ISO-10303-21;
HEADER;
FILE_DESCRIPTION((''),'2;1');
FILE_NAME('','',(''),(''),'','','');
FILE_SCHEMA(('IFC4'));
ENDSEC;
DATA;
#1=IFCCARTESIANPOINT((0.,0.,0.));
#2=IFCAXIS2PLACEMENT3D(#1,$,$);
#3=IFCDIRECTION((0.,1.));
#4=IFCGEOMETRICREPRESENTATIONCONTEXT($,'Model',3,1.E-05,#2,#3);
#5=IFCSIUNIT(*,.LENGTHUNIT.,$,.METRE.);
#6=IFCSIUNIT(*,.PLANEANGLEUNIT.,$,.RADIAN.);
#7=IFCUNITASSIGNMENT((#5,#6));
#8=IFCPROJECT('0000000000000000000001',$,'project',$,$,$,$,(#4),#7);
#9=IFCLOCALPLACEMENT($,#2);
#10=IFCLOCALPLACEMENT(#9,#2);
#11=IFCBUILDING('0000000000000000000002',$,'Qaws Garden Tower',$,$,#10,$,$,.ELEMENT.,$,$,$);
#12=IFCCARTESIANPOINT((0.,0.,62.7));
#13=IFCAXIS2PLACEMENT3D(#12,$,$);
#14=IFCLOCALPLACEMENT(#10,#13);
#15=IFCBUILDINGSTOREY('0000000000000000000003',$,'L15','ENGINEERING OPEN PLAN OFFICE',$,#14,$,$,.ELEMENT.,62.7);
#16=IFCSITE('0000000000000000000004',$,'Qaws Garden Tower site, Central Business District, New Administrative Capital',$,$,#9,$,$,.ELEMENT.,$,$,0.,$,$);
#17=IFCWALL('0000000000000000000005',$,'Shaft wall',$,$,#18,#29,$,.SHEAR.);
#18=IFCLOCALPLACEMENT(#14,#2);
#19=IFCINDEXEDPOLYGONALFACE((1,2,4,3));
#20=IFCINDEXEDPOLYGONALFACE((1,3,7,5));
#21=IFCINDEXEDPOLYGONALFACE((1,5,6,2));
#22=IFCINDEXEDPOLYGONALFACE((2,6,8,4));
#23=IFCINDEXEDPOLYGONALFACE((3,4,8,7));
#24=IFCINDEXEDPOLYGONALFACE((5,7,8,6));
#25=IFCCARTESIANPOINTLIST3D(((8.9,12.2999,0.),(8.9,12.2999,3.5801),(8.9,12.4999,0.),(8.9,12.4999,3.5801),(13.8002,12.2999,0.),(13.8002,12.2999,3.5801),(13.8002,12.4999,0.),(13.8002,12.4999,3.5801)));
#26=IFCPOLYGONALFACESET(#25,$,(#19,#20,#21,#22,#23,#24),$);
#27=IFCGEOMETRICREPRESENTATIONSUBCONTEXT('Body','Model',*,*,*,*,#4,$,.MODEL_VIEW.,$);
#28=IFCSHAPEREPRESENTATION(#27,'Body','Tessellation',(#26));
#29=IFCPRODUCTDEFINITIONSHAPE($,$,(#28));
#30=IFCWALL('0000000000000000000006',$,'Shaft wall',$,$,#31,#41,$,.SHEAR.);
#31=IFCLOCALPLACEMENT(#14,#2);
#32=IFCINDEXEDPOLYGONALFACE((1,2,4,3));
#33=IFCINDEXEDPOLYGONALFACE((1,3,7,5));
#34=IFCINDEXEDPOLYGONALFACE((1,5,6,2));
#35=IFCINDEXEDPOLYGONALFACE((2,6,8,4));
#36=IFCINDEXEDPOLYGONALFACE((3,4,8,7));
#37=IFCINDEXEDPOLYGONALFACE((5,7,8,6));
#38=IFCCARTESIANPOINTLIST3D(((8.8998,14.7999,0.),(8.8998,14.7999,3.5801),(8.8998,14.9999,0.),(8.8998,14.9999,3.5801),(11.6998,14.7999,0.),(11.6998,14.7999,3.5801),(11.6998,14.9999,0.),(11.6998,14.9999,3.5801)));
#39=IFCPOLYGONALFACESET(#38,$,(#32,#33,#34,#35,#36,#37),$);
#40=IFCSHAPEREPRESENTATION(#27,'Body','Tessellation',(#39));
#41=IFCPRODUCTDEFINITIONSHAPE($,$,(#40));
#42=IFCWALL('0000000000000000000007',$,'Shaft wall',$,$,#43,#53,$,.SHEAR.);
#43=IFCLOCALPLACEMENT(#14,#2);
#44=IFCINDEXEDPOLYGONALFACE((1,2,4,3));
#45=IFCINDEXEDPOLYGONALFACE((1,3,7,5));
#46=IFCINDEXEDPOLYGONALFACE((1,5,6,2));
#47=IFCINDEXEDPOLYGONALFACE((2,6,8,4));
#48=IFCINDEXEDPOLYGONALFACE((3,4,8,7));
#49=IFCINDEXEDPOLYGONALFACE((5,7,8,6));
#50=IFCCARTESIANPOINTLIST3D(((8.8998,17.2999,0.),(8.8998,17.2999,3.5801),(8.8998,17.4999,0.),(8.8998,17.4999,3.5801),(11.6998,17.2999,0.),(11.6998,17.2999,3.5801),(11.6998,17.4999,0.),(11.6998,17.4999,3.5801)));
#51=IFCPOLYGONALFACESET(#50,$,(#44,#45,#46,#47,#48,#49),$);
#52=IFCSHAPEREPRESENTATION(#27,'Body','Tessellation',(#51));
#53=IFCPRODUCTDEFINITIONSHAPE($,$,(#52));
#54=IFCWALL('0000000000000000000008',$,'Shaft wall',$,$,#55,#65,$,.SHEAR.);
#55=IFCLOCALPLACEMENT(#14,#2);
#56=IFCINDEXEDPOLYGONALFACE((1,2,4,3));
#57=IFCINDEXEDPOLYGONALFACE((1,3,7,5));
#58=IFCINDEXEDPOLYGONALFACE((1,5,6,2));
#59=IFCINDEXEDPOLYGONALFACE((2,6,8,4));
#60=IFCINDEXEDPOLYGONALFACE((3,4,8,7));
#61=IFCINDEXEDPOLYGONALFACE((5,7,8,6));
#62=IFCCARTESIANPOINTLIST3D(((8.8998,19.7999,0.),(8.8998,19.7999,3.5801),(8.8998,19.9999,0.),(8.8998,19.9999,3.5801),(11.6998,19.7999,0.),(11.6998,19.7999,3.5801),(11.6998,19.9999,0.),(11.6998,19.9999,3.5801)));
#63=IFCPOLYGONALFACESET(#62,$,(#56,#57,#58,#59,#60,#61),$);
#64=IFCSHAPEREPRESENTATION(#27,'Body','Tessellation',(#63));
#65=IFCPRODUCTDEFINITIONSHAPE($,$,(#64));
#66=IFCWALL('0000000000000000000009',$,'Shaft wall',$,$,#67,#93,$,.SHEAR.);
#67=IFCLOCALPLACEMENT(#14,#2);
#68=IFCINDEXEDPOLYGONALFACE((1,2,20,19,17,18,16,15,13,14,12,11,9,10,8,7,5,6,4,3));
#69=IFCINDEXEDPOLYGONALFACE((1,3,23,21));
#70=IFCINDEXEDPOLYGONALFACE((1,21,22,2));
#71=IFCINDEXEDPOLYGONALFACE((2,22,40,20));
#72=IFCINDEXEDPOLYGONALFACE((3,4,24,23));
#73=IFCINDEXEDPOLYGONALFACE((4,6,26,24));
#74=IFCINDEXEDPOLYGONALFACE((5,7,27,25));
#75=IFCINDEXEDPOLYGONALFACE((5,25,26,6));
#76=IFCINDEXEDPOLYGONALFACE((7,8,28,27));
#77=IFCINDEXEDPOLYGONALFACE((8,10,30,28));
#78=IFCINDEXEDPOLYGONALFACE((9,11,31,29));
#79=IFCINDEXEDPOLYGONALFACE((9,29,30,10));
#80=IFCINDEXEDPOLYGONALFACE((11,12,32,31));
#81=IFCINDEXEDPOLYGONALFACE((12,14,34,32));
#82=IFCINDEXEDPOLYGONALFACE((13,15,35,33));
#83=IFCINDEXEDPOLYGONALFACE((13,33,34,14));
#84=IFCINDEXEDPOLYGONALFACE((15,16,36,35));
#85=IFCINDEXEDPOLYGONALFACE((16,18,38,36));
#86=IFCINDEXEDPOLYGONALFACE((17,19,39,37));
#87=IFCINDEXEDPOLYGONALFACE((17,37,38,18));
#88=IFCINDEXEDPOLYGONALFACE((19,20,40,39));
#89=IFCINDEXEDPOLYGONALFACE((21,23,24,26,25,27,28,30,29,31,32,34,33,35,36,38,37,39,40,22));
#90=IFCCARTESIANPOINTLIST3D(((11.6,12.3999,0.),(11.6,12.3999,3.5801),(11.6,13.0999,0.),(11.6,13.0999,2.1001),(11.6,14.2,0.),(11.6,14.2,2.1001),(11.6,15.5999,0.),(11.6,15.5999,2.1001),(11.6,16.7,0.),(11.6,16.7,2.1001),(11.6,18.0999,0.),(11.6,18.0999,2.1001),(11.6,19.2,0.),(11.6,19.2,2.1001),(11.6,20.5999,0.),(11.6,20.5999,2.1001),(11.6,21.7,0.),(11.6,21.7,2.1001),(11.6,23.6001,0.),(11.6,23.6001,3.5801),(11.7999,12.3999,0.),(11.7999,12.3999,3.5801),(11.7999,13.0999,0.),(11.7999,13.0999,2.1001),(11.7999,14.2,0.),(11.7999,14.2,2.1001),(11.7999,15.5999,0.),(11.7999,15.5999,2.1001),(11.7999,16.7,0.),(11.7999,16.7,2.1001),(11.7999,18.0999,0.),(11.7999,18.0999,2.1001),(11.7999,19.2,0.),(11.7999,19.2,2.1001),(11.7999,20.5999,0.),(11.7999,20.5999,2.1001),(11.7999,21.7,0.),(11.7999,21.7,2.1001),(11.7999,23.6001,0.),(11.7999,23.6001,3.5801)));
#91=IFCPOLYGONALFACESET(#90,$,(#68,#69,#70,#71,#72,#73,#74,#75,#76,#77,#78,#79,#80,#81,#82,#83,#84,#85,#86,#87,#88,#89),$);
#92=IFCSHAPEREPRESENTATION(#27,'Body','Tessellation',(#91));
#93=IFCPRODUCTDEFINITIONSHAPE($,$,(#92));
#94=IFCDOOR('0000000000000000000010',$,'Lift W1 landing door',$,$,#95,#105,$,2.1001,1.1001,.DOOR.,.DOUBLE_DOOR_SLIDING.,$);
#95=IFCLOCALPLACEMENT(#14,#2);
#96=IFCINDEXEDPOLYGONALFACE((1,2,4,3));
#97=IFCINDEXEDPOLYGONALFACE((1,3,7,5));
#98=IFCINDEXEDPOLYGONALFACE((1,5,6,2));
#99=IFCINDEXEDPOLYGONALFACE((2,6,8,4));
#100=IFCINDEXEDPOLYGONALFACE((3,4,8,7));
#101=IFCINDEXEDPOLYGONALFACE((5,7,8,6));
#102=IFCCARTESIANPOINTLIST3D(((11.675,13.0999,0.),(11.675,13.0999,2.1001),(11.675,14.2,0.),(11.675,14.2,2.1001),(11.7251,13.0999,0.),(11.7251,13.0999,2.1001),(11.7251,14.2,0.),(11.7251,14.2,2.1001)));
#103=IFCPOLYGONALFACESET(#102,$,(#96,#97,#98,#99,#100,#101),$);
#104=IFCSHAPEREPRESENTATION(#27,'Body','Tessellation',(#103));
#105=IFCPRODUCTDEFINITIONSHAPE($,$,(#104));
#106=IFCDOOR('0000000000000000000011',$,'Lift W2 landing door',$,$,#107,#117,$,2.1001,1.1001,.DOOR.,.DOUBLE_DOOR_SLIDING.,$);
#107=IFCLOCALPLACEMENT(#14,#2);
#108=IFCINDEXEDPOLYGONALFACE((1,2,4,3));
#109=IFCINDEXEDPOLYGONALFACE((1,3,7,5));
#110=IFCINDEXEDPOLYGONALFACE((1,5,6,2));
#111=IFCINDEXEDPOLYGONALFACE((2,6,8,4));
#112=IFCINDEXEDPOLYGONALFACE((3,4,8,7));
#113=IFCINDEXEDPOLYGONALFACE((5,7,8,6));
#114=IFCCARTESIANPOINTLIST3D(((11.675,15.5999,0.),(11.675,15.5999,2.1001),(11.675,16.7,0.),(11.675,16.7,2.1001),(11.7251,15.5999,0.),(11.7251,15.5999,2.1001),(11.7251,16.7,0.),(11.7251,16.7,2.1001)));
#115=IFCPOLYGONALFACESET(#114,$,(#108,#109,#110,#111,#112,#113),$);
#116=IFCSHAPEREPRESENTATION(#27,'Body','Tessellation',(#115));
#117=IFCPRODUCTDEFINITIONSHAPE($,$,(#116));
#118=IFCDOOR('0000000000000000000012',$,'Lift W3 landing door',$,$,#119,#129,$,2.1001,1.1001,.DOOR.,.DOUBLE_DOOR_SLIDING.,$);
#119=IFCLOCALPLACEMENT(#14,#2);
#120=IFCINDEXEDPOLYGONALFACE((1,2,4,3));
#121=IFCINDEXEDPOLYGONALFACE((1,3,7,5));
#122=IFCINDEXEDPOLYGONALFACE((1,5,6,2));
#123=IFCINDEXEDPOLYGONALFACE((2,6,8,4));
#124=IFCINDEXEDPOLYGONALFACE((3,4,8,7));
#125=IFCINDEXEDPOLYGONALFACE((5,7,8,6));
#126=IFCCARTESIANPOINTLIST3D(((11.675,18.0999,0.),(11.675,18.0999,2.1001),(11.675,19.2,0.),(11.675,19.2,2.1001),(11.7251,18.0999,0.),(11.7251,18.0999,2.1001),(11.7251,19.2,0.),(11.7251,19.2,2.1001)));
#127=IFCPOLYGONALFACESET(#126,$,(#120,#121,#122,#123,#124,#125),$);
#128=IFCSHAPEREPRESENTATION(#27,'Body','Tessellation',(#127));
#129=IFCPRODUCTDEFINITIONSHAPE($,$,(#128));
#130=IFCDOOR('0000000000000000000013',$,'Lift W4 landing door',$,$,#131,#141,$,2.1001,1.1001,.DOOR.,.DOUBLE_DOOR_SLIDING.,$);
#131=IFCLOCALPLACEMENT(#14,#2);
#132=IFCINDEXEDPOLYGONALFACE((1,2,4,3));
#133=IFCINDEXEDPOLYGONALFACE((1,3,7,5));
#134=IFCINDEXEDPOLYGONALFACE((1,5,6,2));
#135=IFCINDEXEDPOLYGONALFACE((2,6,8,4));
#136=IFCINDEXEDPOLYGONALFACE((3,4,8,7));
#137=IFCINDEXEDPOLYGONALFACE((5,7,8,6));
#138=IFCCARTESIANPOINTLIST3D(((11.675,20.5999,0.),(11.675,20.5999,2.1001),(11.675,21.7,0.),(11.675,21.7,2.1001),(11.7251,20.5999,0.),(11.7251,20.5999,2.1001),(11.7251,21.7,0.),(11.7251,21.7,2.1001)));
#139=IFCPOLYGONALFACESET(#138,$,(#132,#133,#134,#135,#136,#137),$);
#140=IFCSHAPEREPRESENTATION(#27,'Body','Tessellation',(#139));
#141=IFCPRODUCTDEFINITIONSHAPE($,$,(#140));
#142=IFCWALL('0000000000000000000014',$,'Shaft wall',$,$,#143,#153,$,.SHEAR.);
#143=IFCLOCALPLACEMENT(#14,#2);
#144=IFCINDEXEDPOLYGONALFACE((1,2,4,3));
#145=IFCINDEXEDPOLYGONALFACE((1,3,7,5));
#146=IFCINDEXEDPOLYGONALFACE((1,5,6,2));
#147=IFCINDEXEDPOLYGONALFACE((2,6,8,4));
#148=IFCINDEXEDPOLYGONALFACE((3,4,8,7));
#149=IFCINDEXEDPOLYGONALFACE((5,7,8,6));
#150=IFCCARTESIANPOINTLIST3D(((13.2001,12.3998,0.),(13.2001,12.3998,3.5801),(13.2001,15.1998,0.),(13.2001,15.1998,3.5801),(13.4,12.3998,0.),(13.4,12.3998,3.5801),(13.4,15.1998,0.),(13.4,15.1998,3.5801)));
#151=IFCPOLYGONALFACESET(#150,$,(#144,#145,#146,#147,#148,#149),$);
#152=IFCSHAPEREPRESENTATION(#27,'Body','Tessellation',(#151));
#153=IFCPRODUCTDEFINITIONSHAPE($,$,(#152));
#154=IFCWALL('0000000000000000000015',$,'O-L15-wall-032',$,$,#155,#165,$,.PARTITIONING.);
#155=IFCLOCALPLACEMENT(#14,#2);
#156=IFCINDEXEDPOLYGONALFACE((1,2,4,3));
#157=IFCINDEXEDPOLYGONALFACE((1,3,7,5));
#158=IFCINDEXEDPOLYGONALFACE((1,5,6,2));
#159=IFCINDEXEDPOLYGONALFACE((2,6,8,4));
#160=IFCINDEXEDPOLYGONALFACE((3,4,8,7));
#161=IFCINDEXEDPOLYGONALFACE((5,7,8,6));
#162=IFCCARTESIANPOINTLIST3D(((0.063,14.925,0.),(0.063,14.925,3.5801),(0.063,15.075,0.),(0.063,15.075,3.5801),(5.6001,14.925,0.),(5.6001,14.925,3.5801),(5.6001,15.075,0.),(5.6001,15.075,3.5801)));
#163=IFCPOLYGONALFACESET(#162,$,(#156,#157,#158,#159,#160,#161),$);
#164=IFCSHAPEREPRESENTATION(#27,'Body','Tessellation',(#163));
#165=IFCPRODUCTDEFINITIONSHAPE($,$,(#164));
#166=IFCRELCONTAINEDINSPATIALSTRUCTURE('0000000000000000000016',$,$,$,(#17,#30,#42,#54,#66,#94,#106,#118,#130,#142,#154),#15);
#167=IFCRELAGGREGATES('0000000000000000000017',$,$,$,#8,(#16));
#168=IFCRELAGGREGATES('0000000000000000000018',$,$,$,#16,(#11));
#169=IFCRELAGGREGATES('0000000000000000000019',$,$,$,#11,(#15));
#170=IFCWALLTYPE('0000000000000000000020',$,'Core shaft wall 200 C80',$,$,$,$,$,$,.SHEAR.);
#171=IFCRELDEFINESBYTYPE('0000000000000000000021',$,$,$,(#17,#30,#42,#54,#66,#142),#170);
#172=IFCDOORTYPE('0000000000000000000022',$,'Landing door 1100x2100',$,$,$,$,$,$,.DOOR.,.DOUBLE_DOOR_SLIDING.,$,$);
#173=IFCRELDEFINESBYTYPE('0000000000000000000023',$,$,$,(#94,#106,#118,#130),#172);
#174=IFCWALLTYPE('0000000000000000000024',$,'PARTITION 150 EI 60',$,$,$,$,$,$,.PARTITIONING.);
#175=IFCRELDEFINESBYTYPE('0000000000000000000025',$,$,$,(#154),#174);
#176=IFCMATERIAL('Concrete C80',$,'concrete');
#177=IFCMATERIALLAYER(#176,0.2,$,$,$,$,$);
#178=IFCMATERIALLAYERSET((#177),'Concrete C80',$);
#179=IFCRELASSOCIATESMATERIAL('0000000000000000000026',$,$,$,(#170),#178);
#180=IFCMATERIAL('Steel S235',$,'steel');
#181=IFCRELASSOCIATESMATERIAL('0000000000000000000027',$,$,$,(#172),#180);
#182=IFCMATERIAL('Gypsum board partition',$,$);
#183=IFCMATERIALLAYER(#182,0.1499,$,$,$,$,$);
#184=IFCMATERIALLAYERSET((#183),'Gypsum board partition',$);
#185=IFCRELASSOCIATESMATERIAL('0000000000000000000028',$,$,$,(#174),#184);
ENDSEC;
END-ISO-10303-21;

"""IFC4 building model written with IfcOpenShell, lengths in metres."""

from ifc_helpers import new_model, si_unit, direction, frame, frame_2d, origin, place, context, subcontext, project, spatial, rectangle, extrude, material, layer, layer_set, type_object, element, fill, save


model = new_model("IFC4")

# Units and contexts
model_context = context("Model", 3, precision=1e-05, world=origin(), true_north=direction((0.0, 1.0)))
body_context = subcontext(model_context, "Body", "Model", "MODEL_VIEW")
ifc_project = project(units=[si_unit("LENGTHUNIT", "METRE"), si_unit("PLANEANGLEUNIT", "RADIAN")], contexts=[model_context])

# Site, building, storey
site_placement = place(None, origin())
site = spatial("IfcSite", under=ifc_project, at=site_placement, Name="Qaws Garden Tower site, Central Business District, New Administrative Capital", CompositionType="ELEMENT", RefElevation=0.0)
building_placement = place(site_placement, origin())
building = spatial("IfcBuilding", under=site, at=building_placement, Name="Qaws Garden Tower", CompositionType="ELEMENT")
storey_placement = place(building_placement, frame((0.0, 0.0, 62.7)))
storey = spatial("IfcBuildingStorey", under=building, at=storey_placement, Name="L15", Description="ENGINEERING OPEN PLAN OFFICE", CompositionType="ELEMENT", Elevation=62.7)

# Walls
ifc_material_1 = material(Name="Concrete C80", Category="concrete")
ifc_layer_1 = layer(ifc_material_1, 0.2)
ifc_layer_set_1 = layer_set([ifc_layer_1], Name="Concrete C80")
wall_type_1 = type_object("IfcWallType", Name="Core shaft wall 200 C80", PredefinedType="SHEAR", material=ifc_layer_set_1)
wall_1_placement = place(storey_placement, frame((8.8999, 12.3999, 0.0), z_axis=(0.0, 0.0, 1.0), x_axis=(1.0, 0.0, 0.0)))
element("IfcWall", 1, at=wall_1_placement, inside=storey, type_object=wall_type_1, Name="Shaft wall", PredefinedType="SHEAR", context=body_context, shape_type="SweptSolid", body=[
    extrude(rectangle(XDim=4.9001, YDim=0.2, at=frame_2d((2.4502, 0.0))), origin(), (0.0, 0.0, 1.0), 3.5801),
])
for number, where, z_axis, x_axis, name in (
    (2, (8.8999, 14.8999, 0.0), (0.0, 0.0, 1.0), (1.0, 0.0, 0.0), "Shaft wall"),
    (3, (8.8999, 17.3999, 0.0), (0.0, 0.0, 1.0), (1.0, 0.0, 0.0), "Shaft wall"),
    (4, (8.8999, 19.8999, 0.0), (0.0, 0.0, 1.0), (1.0, 0.0, 0.0), "Shaft wall"),
):
    element("IfcWall", number, at=place(storey_placement, frame(where, z_axis=z_axis, x_axis=x_axis)), inside=storey, type_object=wall_type_1, Name=name, PredefinedType="SHEAR", context=body_context, shape_type="SweptSolid", body=[
        extrude(rectangle(XDim=2.8, YDim=0.2, at=frame_2d((1.3999, 0.0))), origin(), (0.0, 0.0, 1.0), 3.5801),
    ])

# Wall, openings, doors
wall_2_placement = place(storey_placement, frame((11.7, 12.3999, 0.0), z_axis=(0.0, 0.0, 1.0), x_axis=(0.0, 1.0, 0.0)))
wall_2 = element("IfcWall", 5, at=wall_2_placement, inside=storey, type_object=wall_type_1, Name="Shaft wall", PredefinedType="SHEAR", context=body_context, shape_type="SweptSolid", body=[
    extrude(rectangle(XDim=11.2002, YDim=0.2, at=frame_2d((5.6001, 0.0))), origin(), (0.0, 0.0, 1.0), 3.5801),
])
opening_1_placement = place(wall_2_placement, frame((0.7, 0.0, 0.0)))
opening_1 = element("IfcOpeningElement", 6, at=opening_1_placement, cuts=wall_2, PredefinedType="OPENING", context=body_context, shape_type="SweptSolid", body=[
    extrude(rectangle(XDim=1.1001, YDim=2.1001, at=frame_2d((0.55, 1.05))), frame((0.0, 0.1099, 0.0), z_axis=(0.0, -1.0, 0.0), x_axis=(1.0, 0.0, 0.0)), (0.0, 0.0, 1.0), 0.22),
])
opening_2_placement = place(wall_2_placement, frame((3.2, 0.0, 0.0)))
opening_2 = element("IfcOpeningElement", 7, at=opening_2_placement, cuts=wall_2, PredefinedType="OPENING", context=body_context, shape_type="SweptSolid", body=[
    extrude(rectangle(XDim=1.1001, YDim=2.1001, at=frame_2d((0.55, 1.05))), frame((0.0, 0.1099, 0.0), z_axis=(0.0, -1.0, 0.0), x_axis=(1.0, 0.0, 0.0)), (0.0, 0.0, 1.0), 0.22),
])
opening_3_placement = place(wall_2_placement, frame((5.7, 0.0, 0.0)))
opening_3 = element("IfcOpeningElement", 8, at=opening_3_placement, cuts=wall_2, PredefinedType="OPENING", context=body_context, shape_type="SweptSolid", body=[
    extrude(rectangle(XDim=1.1001, YDim=2.1001, at=frame_2d((0.55, 1.05))), frame((0.0, 0.1099, 0.0), z_axis=(0.0, -1.0, 0.0), x_axis=(1.0, 0.0, 0.0)), (0.0, 0.0, 1.0), 0.22),
])
opening_4_placement = place(wall_2_placement, frame((8.2, 0.0, 0.0)))
opening_4 = element("IfcOpeningElement", 9, at=opening_4_placement, cuts=wall_2, PredefinedType="OPENING", context=body_context, shape_type="SweptSolid", body=[
    extrude(rectangle(XDim=1.1001, YDim=2.1001, at=frame_2d((0.55, 1.05))), frame((0.0, 0.1099, 0.0), z_axis=(0.0, -1.0, 0.0), x_axis=(1.0, 0.0, 0.0)), (0.0, 0.0, 1.0), 0.22),
])
ifc_material_2 = material(Name="Steel S235", Category="steel")
door_type = type_object("IfcDoorType", Name="Landing door 1100x2100", OperationType="DOUBLE_DOOR_SLIDING", PredefinedType="DOOR", material=ifc_material_2)
door_1_placement = place(opening_1_placement, origin())
door_1 = element("IfcDoor", 10, at=door_1_placement, inside=storey, type_object=door_type, Name="Lift W1 landing door", OperationType="DOUBLE_DOOR_SLIDING", OverallHeight=2.1001, OverallWidth=1.1001, PredefinedType="DOOR", context=body_context, shape_type="SweptSolid", body=[
    extrude(rectangle(XDim=1.1001, YDim=2.1001, at=frame_2d((0.55, 1.05))), frame((0.0, 0.0249, 0.0), z_axis=(0.0, -1.0, 0.0), x_axis=(1.0, 0.0, 0.0)), (0.0, 0.0, 1.0), 0.05),
])
fill(opening_1, door_1)
door_2_placement = place(opening_2_placement, origin())
door_2 = element("IfcDoor", 11, at=door_2_placement, inside=storey, type_object=door_type, Name="Lift W2 landing door", OperationType="DOUBLE_DOOR_SLIDING", OverallHeight=2.1001, OverallWidth=1.1001, PredefinedType="DOOR", context=body_context, shape_type="SweptSolid", body=[
    extrude(rectangle(XDim=1.1001, YDim=2.1001, at=frame_2d((0.55, 1.05))), frame((0.0, 0.0249, 0.0), z_axis=(0.0, -1.0, 0.0), x_axis=(1.0, 0.0, 0.0)), (0.0, 0.0, 1.0), 0.05),
])
fill(opening_2, door_2)
door_3_placement = place(opening_3_placement, origin())
door_3 = element("IfcDoor", 12, at=door_3_placement, inside=storey, type_object=door_type, Name="Lift W3 landing door", OperationType="DOUBLE_DOOR_SLIDING", OverallHeight=2.1001, OverallWidth=1.1001, PredefinedType="DOOR", context=body_context, shape_type="SweptSolid", body=[
    extrude(rectangle(XDim=1.1001, YDim=2.1001, at=frame_2d((0.55, 1.05))), frame((0.0, 0.0249, 0.0), z_axis=(0.0, -1.0, 0.0), x_axis=(1.0, 0.0, 0.0)), (0.0, 0.0, 1.0), 0.05),
])
fill(opening_3, door_3)
door_4_placement = place(opening_4_placement, origin())
door_4 = element("IfcDoor", 13, at=door_4_placement, inside=storey, type_object=door_type, Name="Lift W4 landing door", OperationType="DOUBLE_DOOR_SLIDING", OverallHeight=2.1001, OverallWidth=1.1001, PredefinedType="DOOR", context=body_context, shape_type="SweptSolid", body=[
    extrude(rectangle(XDim=1.1001, YDim=2.1001, at=frame_2d((0.55, 1.05))), frame((0.0, 0.0249, 0.0), z_axis=(0.0, -1.0, 0.0), x_axis=(1.0, 0.0, 0.0)), (0.0, 0.0, 1.0), 0.05),
])
fill(opening_4, door_4)

# Walls
wall_3_placement = place(storey_placement, frame((13.3, 12.3999, 0.0), z_axis=(0.0, 0.0, 1.0), x_axis=(0.0, 1.0, 0.0)))
element("IfcWall", 14, at=wall_3_placement, inside=storey, type_object=wall_type_1, Name="Shaft wall", PredefinedType="SHEAR", context=body_context, shape_type="SweptSolid", body=[
    extrude(rectangle(XDim=2.8, YDim=0.2, at=frame_2d((1.3999, 0.0))), origin(), (0.0, 0.0, 1.0), 3.5801),
])
ifc_material_3 = material(Name="Gypsum board partition")
ifc_layer_2 = layer(ifc_material_3, 0.1499)
ifc_layer_set_2 = layer_set([ifc_layer_2], Name="Gypsum board partition")
wall_type_2 = type_object("IfcWallType", Name="PARTITION 150 EI 60", PredefinedType="PARTITIONING", material=ifc_layer_set_2)
wall_4_placement = place(storey_placement, frame((0.063, 15.0, 0.0), z_axis=(0.0, 0.0, 1.0), x_axis=(1.0, 0.0, 0.0)))
element("IfcWall", 15, at=wall_4_placement, inside=storey, type_object=wall_type_2, Name="O-L15-wall-032", PredefinedType="PARTITIONING", context=body_context, shape_type="SweptSolid", body=[
    extrude(rectangle(XDim=5.5371, YDim=0.1499, at=frame_2d((2.7686, 0.0))), origin(), (0.0, 0.0, 1.0), 3.5801),
])

save(model, "model.ifc")
